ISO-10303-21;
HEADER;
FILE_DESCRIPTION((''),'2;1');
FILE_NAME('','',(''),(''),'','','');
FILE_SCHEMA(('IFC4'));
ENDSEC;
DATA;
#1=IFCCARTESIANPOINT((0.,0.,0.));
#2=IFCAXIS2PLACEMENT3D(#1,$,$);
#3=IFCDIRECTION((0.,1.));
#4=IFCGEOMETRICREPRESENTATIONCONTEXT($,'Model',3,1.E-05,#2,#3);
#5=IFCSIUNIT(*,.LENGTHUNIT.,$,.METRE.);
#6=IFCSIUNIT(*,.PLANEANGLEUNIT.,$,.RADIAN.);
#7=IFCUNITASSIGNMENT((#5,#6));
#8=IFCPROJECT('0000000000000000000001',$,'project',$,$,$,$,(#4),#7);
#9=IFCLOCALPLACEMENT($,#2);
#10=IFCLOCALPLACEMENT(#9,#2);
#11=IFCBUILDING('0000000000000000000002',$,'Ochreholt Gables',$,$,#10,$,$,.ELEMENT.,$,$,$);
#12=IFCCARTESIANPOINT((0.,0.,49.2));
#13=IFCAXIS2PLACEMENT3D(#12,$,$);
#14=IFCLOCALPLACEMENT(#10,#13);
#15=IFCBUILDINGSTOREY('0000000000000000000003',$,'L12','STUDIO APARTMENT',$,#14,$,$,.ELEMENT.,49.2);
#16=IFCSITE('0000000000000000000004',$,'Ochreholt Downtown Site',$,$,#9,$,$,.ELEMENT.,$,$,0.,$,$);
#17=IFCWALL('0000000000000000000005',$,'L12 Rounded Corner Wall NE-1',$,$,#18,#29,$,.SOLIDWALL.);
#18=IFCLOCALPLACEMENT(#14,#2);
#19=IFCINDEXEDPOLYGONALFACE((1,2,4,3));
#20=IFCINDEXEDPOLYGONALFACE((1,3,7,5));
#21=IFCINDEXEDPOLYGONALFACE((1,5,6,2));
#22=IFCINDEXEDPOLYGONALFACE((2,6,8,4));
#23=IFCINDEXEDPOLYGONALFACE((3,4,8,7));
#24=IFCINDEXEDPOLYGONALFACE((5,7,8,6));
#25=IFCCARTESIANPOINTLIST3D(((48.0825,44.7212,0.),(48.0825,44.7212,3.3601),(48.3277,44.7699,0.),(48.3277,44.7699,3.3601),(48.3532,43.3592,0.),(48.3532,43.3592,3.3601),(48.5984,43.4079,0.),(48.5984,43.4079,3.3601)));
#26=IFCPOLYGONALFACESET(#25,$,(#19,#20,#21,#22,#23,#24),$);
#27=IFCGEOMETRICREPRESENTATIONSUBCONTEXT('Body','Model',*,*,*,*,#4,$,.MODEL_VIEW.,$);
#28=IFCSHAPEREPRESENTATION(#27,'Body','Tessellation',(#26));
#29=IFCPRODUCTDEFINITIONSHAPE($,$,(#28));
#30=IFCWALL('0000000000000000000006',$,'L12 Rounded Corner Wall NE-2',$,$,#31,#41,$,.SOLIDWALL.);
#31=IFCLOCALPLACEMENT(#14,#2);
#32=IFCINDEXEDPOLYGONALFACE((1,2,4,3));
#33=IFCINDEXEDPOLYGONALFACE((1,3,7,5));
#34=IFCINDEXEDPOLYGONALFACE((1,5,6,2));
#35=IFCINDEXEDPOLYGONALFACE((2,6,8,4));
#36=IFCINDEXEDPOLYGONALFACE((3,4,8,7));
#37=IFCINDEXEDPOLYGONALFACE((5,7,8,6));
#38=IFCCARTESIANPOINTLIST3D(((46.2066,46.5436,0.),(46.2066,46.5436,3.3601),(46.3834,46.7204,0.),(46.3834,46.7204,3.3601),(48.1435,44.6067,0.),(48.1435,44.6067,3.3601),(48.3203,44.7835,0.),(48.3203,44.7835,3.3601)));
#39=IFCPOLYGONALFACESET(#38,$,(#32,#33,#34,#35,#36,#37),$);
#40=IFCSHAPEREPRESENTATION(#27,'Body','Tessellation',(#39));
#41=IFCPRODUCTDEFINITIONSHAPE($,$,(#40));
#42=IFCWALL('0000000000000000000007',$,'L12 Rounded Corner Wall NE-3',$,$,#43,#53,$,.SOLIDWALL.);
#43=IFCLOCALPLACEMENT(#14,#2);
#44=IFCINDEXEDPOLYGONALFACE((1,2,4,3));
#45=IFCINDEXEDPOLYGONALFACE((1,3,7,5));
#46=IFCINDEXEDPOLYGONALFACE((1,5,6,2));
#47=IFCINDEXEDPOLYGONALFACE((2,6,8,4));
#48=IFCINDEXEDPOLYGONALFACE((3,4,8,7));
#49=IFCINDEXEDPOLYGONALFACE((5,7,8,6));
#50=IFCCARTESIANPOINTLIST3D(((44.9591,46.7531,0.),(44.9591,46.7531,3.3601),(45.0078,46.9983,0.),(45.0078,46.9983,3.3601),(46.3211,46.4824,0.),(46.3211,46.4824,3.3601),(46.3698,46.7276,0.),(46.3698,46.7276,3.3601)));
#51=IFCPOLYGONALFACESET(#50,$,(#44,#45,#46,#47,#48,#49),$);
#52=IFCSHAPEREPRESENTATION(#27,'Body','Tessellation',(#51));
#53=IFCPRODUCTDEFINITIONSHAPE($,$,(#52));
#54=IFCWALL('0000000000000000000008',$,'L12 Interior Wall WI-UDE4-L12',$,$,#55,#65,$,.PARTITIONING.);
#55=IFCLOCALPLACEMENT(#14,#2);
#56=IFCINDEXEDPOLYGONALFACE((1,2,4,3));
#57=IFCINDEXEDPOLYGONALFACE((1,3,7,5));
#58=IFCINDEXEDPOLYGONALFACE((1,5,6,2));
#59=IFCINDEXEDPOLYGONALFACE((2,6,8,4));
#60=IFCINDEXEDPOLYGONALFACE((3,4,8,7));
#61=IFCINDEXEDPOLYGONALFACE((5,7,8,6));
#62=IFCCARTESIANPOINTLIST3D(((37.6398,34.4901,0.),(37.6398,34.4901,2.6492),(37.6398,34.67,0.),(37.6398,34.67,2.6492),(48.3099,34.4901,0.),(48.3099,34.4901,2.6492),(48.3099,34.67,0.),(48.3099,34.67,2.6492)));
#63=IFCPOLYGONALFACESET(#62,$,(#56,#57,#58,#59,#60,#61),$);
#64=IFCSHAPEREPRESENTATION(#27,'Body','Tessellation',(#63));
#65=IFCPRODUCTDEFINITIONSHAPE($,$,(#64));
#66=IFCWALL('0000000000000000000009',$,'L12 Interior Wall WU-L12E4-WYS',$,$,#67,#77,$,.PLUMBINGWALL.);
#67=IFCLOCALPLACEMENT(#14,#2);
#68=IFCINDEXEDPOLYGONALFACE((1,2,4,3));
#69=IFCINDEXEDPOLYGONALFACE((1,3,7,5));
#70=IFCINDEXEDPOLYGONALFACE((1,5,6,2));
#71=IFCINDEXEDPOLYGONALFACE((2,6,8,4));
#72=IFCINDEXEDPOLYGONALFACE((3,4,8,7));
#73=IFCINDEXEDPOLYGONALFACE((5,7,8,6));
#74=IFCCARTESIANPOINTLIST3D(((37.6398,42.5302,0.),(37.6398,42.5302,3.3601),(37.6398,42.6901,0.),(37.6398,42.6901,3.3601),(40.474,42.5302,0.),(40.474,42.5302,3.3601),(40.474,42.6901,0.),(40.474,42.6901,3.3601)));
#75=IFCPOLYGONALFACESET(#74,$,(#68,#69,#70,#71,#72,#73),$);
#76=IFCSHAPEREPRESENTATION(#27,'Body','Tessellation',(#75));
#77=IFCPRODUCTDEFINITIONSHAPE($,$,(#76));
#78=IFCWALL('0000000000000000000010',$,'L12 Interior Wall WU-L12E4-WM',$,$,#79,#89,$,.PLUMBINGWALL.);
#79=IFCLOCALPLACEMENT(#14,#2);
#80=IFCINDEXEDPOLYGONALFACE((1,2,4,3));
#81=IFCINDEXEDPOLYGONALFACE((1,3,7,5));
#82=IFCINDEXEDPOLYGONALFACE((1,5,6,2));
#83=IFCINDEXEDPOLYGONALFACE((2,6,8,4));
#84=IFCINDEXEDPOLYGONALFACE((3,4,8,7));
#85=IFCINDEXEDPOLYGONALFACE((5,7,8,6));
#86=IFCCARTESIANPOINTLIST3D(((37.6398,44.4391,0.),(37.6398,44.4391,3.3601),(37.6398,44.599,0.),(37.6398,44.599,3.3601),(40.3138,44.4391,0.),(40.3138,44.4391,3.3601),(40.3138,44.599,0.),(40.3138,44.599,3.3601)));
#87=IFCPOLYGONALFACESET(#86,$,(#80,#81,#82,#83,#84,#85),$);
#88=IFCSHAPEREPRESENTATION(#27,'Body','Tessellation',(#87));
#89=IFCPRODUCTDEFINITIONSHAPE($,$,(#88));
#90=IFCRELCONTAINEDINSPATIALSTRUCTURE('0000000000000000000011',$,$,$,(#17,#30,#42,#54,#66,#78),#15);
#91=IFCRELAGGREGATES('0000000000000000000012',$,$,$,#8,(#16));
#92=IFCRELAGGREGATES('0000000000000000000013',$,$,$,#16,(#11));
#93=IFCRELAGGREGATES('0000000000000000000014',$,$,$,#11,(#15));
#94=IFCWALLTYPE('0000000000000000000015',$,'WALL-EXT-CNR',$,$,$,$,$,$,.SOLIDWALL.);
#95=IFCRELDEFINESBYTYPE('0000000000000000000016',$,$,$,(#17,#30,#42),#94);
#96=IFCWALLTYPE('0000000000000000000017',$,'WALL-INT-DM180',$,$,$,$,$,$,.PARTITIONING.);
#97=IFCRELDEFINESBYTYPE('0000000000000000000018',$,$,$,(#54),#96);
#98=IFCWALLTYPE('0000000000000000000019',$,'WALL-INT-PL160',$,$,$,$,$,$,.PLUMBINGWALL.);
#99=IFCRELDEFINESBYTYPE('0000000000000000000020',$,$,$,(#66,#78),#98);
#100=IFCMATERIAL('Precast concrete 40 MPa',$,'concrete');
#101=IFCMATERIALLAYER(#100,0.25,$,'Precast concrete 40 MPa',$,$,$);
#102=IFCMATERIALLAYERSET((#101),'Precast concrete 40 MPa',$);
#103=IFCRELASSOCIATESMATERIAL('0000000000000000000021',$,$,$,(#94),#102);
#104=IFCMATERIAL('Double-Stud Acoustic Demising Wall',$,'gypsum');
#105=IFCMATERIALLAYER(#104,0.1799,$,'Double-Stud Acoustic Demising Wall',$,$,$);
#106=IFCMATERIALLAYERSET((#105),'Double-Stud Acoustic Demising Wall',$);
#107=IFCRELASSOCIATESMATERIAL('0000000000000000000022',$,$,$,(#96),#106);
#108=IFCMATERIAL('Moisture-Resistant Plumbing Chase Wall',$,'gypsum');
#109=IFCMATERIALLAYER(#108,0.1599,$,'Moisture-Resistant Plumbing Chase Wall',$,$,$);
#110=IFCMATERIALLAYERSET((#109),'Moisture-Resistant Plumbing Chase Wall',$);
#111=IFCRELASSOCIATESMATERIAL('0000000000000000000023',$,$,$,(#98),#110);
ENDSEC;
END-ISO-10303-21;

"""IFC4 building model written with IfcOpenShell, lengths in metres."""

from ifc_helpers import new_model, si_unit, direction, frame, frame_2d, origin, place, context, subcontext, project, spatial, rectangle, extrude, material, layer, layer_set, type_object, element, save


model = new_model("IFC4")

# Units and contexts
model_context = context("Model", 3, precision=1e-05, world=origin(), true_north=direction((0.0, 1.0)))
body_context = subcontext(model_context, "Body", "Model", "MODEL_VIEW")
ifc_project = project(units=[si_unit("LENGTHUNIT", "METRE"), si_unit("PLANEANGLEUNIT", "RADIAN")], contexts=[model_context])

# Site, building, storey
site_placement = place(None, origin())
site = spatial("IfcSite", under=ifc_project, at=site_placement, Name="Ochreholt Downtown Site", CompositionType="ELEMENT", RefElevation=0.0)
building_placement = place(site_placement, origin())
building = spatial("IfcBuilding", under=site, at=building_placement, Name="Ochreholt Gables", CompositionType="ELEMENT")
storey_placement = place(building_placement, frame((0.0, 0.0, 49.2)))
storey = spatial("IfcBuildingStorey", under=building, at=storey_placement, Name="L12", Description="STUDIO APARTMENT", CompositionType="ELEMENT", Elevation=49.2)

# Shared definitions
ifc_material_1 = material(Name="Precast concrete 40 MPa", Category="concrete")

# Walls
ifc_layer_1 = layer(ifc_material_1, 0.25, Name="Precast concrete 40 MPa")
ifc_layer_set_1 = layer_set([ifc_layer_1], Name="Precast concrete 40 MPa")
wall_type_1 = type_object("IfcWallType", Name="WALL-EXT-CNR", PredefinedType="SOLIDWALL", material=ifc_layer_set_1)
wall_1_placement = place(storey_placement, frame((48.4758, 43.3835, 0.0), z_axis=(0.0, 0.0, 1.0), x_axis=(-0.194967, 0.98081, 0.0)))
element("IfcWall", 1, at=wall_1_placement, inside=storey, type_object=wall_type_1, Name="L12 Rounded Corner Wall NE-1", PredefinedType="SOLIDWALL", context=body_context, shape_type="SweptSolid", body=[
    extrude(rectangle(XDim=1.3887, YDim=0.25, at=frame_2d((0.6943, 0.0))), origin(), (0.0, 0.0, 1.0), 3.3601),
])
wall_2_placement = place(storey_placement, frame((48.2319, 44.6951, 0.0), z_axis=(0.0, 0.0, 1.0), x_axis=(-0.707107, 0.707107, 0.0)))
element("IfcWall", 2, at=wall_2_placement, inside=storey, type_object=wall_type_1, Name="L12 Rounded Corner Wall NE-2", PredefinedType="SOLIDWALL", context=body_context, shape_type="SweptSolid", body=[
    extrude(rectangle(XDim=2.7393, YDim=0.25, at=frame_2d((1.3696, 0.0))), origin(), (0.0, 0.0, 1.0), 3.3601),
])
wall_3_placement = place(storey_placement, frame((46.3455, 46.605, 0.0), z_axis=(0.0, 0.0, 1.0), x_axis=(-0.98081, 0.194967, 0.0)))
element("IfcWall", 3, at=wall_3_placement, inside=storey, type_object=wall_type_1, Name="L12 Rounded Corner Wall NE-3", PredefinedType="SOLIDWALL", context=body_context, shape_type="SweptSolid", body=[
    extrude(rectangle(XDim=1.3887, YDim=0.25, at=frame_2d((0.6943, 0.0))), origin(), (0.0, 0.0, 1.0), 3.3601),
])
ifc_material_2 = material(Name="Double-Stud Acoustic Demising Wall", Category="gypsum")
ifc_layer_2 = layer(ifc_material_2, 0.1799, Name="Double-Stud Acoustic Demising Wall")
ifc_layer_set_2 = layer_set([ifc_layer_2], Name="Double-Stud Acoustic Demising Wall")
wall_type_2 = type_object("IfcWallType", Name="WALL-INT-DM180", PredefinedType="PARTITIONING", material=ifc_layer_set_2)
wall_4_placement = place(storey_placement, frame((37.6399, 34.5801, 0.0), z_axis=(0.0, 0.0, 1.0), x_axis=(1.0, 0.0, 0.0)))
element("IfcWall", 4, at=wall_4_placement, inside=storey, type_object=wall_type_2, Name="L12 Interior Wall WI-UDE4-L12", PredefinedType="PARTITIONING", context=body_context, shape_type="SweptSolid", body=[
    extrude(rectangle(XDim=10.6702, YDim=0.1799, at=frame_2d((5.335, 0.0))), origin(), (0.0, 0.0, 1.0), 2.6492),
])
ifc_material_3 = material(Name="Moisture-Resistant Plumbing Chase Wall", Category="gypsum")
ifc_layer_3 = layer(ifc_material_3, 0.1599, Name="Moisture-Resistant Plumbing Chase Wall")
ifc_layer_set_3 = layer_set([ifc_layer_3], Name="Moisture-Resistant Plumbing Chase Wall")
wall_type_3 = type_object("IfcWallType", Name="WALL-INT-PL160", PredefinedType="PLUMBINGWALL", material=ifc_layer_set_3)
wall_5_placement = place(storey_placement, frame((37.6399, 42.6101, 0.0), z_axis=(0.0, 0.0, 1.0), x_axis=(1.0, 0.0, 0.0)))
element("IfcWall", 5, at=wall_5_placement, inside=storey, type_object=wall_type_3, Name="L12 Interior Wall WU-L12E4-WYS", PredefinedType="PLUMBINGWALL", context=body_context, shape_type="SweptSolid", body=[
    extrude(rectangle(XDim=2.8342, YDim=0.1599, at=frame_2d((1.417, 0.0))), origin(), (0.0, 0.0, 1.0), 3.3601),
])

# Wall
wall_6_placement = place(storey_placement, frame((37.6399, 44.519, 0.0), z_axis=(0.0, 0.0, 1.0), x_axis=(1.0, 0.0, 0.0)))
element("IfcWall", 6, at=wall_6_placement, inside=storey, type_object=wall_type_3, Name="L12 Interior Wall WU-L12E4-WM", PredefinedType="PLUMBINGWALL", context=body_context, shape_type="SweptSolid", body=[
    extrude(rectangle(XDim=2.6741, YDim=0.1599, at=frame_2d((1.3369, 0.0))), origin(), (0.0, 0.0, 1.0), 3.3601),
])

save(model, "model.ifc")
